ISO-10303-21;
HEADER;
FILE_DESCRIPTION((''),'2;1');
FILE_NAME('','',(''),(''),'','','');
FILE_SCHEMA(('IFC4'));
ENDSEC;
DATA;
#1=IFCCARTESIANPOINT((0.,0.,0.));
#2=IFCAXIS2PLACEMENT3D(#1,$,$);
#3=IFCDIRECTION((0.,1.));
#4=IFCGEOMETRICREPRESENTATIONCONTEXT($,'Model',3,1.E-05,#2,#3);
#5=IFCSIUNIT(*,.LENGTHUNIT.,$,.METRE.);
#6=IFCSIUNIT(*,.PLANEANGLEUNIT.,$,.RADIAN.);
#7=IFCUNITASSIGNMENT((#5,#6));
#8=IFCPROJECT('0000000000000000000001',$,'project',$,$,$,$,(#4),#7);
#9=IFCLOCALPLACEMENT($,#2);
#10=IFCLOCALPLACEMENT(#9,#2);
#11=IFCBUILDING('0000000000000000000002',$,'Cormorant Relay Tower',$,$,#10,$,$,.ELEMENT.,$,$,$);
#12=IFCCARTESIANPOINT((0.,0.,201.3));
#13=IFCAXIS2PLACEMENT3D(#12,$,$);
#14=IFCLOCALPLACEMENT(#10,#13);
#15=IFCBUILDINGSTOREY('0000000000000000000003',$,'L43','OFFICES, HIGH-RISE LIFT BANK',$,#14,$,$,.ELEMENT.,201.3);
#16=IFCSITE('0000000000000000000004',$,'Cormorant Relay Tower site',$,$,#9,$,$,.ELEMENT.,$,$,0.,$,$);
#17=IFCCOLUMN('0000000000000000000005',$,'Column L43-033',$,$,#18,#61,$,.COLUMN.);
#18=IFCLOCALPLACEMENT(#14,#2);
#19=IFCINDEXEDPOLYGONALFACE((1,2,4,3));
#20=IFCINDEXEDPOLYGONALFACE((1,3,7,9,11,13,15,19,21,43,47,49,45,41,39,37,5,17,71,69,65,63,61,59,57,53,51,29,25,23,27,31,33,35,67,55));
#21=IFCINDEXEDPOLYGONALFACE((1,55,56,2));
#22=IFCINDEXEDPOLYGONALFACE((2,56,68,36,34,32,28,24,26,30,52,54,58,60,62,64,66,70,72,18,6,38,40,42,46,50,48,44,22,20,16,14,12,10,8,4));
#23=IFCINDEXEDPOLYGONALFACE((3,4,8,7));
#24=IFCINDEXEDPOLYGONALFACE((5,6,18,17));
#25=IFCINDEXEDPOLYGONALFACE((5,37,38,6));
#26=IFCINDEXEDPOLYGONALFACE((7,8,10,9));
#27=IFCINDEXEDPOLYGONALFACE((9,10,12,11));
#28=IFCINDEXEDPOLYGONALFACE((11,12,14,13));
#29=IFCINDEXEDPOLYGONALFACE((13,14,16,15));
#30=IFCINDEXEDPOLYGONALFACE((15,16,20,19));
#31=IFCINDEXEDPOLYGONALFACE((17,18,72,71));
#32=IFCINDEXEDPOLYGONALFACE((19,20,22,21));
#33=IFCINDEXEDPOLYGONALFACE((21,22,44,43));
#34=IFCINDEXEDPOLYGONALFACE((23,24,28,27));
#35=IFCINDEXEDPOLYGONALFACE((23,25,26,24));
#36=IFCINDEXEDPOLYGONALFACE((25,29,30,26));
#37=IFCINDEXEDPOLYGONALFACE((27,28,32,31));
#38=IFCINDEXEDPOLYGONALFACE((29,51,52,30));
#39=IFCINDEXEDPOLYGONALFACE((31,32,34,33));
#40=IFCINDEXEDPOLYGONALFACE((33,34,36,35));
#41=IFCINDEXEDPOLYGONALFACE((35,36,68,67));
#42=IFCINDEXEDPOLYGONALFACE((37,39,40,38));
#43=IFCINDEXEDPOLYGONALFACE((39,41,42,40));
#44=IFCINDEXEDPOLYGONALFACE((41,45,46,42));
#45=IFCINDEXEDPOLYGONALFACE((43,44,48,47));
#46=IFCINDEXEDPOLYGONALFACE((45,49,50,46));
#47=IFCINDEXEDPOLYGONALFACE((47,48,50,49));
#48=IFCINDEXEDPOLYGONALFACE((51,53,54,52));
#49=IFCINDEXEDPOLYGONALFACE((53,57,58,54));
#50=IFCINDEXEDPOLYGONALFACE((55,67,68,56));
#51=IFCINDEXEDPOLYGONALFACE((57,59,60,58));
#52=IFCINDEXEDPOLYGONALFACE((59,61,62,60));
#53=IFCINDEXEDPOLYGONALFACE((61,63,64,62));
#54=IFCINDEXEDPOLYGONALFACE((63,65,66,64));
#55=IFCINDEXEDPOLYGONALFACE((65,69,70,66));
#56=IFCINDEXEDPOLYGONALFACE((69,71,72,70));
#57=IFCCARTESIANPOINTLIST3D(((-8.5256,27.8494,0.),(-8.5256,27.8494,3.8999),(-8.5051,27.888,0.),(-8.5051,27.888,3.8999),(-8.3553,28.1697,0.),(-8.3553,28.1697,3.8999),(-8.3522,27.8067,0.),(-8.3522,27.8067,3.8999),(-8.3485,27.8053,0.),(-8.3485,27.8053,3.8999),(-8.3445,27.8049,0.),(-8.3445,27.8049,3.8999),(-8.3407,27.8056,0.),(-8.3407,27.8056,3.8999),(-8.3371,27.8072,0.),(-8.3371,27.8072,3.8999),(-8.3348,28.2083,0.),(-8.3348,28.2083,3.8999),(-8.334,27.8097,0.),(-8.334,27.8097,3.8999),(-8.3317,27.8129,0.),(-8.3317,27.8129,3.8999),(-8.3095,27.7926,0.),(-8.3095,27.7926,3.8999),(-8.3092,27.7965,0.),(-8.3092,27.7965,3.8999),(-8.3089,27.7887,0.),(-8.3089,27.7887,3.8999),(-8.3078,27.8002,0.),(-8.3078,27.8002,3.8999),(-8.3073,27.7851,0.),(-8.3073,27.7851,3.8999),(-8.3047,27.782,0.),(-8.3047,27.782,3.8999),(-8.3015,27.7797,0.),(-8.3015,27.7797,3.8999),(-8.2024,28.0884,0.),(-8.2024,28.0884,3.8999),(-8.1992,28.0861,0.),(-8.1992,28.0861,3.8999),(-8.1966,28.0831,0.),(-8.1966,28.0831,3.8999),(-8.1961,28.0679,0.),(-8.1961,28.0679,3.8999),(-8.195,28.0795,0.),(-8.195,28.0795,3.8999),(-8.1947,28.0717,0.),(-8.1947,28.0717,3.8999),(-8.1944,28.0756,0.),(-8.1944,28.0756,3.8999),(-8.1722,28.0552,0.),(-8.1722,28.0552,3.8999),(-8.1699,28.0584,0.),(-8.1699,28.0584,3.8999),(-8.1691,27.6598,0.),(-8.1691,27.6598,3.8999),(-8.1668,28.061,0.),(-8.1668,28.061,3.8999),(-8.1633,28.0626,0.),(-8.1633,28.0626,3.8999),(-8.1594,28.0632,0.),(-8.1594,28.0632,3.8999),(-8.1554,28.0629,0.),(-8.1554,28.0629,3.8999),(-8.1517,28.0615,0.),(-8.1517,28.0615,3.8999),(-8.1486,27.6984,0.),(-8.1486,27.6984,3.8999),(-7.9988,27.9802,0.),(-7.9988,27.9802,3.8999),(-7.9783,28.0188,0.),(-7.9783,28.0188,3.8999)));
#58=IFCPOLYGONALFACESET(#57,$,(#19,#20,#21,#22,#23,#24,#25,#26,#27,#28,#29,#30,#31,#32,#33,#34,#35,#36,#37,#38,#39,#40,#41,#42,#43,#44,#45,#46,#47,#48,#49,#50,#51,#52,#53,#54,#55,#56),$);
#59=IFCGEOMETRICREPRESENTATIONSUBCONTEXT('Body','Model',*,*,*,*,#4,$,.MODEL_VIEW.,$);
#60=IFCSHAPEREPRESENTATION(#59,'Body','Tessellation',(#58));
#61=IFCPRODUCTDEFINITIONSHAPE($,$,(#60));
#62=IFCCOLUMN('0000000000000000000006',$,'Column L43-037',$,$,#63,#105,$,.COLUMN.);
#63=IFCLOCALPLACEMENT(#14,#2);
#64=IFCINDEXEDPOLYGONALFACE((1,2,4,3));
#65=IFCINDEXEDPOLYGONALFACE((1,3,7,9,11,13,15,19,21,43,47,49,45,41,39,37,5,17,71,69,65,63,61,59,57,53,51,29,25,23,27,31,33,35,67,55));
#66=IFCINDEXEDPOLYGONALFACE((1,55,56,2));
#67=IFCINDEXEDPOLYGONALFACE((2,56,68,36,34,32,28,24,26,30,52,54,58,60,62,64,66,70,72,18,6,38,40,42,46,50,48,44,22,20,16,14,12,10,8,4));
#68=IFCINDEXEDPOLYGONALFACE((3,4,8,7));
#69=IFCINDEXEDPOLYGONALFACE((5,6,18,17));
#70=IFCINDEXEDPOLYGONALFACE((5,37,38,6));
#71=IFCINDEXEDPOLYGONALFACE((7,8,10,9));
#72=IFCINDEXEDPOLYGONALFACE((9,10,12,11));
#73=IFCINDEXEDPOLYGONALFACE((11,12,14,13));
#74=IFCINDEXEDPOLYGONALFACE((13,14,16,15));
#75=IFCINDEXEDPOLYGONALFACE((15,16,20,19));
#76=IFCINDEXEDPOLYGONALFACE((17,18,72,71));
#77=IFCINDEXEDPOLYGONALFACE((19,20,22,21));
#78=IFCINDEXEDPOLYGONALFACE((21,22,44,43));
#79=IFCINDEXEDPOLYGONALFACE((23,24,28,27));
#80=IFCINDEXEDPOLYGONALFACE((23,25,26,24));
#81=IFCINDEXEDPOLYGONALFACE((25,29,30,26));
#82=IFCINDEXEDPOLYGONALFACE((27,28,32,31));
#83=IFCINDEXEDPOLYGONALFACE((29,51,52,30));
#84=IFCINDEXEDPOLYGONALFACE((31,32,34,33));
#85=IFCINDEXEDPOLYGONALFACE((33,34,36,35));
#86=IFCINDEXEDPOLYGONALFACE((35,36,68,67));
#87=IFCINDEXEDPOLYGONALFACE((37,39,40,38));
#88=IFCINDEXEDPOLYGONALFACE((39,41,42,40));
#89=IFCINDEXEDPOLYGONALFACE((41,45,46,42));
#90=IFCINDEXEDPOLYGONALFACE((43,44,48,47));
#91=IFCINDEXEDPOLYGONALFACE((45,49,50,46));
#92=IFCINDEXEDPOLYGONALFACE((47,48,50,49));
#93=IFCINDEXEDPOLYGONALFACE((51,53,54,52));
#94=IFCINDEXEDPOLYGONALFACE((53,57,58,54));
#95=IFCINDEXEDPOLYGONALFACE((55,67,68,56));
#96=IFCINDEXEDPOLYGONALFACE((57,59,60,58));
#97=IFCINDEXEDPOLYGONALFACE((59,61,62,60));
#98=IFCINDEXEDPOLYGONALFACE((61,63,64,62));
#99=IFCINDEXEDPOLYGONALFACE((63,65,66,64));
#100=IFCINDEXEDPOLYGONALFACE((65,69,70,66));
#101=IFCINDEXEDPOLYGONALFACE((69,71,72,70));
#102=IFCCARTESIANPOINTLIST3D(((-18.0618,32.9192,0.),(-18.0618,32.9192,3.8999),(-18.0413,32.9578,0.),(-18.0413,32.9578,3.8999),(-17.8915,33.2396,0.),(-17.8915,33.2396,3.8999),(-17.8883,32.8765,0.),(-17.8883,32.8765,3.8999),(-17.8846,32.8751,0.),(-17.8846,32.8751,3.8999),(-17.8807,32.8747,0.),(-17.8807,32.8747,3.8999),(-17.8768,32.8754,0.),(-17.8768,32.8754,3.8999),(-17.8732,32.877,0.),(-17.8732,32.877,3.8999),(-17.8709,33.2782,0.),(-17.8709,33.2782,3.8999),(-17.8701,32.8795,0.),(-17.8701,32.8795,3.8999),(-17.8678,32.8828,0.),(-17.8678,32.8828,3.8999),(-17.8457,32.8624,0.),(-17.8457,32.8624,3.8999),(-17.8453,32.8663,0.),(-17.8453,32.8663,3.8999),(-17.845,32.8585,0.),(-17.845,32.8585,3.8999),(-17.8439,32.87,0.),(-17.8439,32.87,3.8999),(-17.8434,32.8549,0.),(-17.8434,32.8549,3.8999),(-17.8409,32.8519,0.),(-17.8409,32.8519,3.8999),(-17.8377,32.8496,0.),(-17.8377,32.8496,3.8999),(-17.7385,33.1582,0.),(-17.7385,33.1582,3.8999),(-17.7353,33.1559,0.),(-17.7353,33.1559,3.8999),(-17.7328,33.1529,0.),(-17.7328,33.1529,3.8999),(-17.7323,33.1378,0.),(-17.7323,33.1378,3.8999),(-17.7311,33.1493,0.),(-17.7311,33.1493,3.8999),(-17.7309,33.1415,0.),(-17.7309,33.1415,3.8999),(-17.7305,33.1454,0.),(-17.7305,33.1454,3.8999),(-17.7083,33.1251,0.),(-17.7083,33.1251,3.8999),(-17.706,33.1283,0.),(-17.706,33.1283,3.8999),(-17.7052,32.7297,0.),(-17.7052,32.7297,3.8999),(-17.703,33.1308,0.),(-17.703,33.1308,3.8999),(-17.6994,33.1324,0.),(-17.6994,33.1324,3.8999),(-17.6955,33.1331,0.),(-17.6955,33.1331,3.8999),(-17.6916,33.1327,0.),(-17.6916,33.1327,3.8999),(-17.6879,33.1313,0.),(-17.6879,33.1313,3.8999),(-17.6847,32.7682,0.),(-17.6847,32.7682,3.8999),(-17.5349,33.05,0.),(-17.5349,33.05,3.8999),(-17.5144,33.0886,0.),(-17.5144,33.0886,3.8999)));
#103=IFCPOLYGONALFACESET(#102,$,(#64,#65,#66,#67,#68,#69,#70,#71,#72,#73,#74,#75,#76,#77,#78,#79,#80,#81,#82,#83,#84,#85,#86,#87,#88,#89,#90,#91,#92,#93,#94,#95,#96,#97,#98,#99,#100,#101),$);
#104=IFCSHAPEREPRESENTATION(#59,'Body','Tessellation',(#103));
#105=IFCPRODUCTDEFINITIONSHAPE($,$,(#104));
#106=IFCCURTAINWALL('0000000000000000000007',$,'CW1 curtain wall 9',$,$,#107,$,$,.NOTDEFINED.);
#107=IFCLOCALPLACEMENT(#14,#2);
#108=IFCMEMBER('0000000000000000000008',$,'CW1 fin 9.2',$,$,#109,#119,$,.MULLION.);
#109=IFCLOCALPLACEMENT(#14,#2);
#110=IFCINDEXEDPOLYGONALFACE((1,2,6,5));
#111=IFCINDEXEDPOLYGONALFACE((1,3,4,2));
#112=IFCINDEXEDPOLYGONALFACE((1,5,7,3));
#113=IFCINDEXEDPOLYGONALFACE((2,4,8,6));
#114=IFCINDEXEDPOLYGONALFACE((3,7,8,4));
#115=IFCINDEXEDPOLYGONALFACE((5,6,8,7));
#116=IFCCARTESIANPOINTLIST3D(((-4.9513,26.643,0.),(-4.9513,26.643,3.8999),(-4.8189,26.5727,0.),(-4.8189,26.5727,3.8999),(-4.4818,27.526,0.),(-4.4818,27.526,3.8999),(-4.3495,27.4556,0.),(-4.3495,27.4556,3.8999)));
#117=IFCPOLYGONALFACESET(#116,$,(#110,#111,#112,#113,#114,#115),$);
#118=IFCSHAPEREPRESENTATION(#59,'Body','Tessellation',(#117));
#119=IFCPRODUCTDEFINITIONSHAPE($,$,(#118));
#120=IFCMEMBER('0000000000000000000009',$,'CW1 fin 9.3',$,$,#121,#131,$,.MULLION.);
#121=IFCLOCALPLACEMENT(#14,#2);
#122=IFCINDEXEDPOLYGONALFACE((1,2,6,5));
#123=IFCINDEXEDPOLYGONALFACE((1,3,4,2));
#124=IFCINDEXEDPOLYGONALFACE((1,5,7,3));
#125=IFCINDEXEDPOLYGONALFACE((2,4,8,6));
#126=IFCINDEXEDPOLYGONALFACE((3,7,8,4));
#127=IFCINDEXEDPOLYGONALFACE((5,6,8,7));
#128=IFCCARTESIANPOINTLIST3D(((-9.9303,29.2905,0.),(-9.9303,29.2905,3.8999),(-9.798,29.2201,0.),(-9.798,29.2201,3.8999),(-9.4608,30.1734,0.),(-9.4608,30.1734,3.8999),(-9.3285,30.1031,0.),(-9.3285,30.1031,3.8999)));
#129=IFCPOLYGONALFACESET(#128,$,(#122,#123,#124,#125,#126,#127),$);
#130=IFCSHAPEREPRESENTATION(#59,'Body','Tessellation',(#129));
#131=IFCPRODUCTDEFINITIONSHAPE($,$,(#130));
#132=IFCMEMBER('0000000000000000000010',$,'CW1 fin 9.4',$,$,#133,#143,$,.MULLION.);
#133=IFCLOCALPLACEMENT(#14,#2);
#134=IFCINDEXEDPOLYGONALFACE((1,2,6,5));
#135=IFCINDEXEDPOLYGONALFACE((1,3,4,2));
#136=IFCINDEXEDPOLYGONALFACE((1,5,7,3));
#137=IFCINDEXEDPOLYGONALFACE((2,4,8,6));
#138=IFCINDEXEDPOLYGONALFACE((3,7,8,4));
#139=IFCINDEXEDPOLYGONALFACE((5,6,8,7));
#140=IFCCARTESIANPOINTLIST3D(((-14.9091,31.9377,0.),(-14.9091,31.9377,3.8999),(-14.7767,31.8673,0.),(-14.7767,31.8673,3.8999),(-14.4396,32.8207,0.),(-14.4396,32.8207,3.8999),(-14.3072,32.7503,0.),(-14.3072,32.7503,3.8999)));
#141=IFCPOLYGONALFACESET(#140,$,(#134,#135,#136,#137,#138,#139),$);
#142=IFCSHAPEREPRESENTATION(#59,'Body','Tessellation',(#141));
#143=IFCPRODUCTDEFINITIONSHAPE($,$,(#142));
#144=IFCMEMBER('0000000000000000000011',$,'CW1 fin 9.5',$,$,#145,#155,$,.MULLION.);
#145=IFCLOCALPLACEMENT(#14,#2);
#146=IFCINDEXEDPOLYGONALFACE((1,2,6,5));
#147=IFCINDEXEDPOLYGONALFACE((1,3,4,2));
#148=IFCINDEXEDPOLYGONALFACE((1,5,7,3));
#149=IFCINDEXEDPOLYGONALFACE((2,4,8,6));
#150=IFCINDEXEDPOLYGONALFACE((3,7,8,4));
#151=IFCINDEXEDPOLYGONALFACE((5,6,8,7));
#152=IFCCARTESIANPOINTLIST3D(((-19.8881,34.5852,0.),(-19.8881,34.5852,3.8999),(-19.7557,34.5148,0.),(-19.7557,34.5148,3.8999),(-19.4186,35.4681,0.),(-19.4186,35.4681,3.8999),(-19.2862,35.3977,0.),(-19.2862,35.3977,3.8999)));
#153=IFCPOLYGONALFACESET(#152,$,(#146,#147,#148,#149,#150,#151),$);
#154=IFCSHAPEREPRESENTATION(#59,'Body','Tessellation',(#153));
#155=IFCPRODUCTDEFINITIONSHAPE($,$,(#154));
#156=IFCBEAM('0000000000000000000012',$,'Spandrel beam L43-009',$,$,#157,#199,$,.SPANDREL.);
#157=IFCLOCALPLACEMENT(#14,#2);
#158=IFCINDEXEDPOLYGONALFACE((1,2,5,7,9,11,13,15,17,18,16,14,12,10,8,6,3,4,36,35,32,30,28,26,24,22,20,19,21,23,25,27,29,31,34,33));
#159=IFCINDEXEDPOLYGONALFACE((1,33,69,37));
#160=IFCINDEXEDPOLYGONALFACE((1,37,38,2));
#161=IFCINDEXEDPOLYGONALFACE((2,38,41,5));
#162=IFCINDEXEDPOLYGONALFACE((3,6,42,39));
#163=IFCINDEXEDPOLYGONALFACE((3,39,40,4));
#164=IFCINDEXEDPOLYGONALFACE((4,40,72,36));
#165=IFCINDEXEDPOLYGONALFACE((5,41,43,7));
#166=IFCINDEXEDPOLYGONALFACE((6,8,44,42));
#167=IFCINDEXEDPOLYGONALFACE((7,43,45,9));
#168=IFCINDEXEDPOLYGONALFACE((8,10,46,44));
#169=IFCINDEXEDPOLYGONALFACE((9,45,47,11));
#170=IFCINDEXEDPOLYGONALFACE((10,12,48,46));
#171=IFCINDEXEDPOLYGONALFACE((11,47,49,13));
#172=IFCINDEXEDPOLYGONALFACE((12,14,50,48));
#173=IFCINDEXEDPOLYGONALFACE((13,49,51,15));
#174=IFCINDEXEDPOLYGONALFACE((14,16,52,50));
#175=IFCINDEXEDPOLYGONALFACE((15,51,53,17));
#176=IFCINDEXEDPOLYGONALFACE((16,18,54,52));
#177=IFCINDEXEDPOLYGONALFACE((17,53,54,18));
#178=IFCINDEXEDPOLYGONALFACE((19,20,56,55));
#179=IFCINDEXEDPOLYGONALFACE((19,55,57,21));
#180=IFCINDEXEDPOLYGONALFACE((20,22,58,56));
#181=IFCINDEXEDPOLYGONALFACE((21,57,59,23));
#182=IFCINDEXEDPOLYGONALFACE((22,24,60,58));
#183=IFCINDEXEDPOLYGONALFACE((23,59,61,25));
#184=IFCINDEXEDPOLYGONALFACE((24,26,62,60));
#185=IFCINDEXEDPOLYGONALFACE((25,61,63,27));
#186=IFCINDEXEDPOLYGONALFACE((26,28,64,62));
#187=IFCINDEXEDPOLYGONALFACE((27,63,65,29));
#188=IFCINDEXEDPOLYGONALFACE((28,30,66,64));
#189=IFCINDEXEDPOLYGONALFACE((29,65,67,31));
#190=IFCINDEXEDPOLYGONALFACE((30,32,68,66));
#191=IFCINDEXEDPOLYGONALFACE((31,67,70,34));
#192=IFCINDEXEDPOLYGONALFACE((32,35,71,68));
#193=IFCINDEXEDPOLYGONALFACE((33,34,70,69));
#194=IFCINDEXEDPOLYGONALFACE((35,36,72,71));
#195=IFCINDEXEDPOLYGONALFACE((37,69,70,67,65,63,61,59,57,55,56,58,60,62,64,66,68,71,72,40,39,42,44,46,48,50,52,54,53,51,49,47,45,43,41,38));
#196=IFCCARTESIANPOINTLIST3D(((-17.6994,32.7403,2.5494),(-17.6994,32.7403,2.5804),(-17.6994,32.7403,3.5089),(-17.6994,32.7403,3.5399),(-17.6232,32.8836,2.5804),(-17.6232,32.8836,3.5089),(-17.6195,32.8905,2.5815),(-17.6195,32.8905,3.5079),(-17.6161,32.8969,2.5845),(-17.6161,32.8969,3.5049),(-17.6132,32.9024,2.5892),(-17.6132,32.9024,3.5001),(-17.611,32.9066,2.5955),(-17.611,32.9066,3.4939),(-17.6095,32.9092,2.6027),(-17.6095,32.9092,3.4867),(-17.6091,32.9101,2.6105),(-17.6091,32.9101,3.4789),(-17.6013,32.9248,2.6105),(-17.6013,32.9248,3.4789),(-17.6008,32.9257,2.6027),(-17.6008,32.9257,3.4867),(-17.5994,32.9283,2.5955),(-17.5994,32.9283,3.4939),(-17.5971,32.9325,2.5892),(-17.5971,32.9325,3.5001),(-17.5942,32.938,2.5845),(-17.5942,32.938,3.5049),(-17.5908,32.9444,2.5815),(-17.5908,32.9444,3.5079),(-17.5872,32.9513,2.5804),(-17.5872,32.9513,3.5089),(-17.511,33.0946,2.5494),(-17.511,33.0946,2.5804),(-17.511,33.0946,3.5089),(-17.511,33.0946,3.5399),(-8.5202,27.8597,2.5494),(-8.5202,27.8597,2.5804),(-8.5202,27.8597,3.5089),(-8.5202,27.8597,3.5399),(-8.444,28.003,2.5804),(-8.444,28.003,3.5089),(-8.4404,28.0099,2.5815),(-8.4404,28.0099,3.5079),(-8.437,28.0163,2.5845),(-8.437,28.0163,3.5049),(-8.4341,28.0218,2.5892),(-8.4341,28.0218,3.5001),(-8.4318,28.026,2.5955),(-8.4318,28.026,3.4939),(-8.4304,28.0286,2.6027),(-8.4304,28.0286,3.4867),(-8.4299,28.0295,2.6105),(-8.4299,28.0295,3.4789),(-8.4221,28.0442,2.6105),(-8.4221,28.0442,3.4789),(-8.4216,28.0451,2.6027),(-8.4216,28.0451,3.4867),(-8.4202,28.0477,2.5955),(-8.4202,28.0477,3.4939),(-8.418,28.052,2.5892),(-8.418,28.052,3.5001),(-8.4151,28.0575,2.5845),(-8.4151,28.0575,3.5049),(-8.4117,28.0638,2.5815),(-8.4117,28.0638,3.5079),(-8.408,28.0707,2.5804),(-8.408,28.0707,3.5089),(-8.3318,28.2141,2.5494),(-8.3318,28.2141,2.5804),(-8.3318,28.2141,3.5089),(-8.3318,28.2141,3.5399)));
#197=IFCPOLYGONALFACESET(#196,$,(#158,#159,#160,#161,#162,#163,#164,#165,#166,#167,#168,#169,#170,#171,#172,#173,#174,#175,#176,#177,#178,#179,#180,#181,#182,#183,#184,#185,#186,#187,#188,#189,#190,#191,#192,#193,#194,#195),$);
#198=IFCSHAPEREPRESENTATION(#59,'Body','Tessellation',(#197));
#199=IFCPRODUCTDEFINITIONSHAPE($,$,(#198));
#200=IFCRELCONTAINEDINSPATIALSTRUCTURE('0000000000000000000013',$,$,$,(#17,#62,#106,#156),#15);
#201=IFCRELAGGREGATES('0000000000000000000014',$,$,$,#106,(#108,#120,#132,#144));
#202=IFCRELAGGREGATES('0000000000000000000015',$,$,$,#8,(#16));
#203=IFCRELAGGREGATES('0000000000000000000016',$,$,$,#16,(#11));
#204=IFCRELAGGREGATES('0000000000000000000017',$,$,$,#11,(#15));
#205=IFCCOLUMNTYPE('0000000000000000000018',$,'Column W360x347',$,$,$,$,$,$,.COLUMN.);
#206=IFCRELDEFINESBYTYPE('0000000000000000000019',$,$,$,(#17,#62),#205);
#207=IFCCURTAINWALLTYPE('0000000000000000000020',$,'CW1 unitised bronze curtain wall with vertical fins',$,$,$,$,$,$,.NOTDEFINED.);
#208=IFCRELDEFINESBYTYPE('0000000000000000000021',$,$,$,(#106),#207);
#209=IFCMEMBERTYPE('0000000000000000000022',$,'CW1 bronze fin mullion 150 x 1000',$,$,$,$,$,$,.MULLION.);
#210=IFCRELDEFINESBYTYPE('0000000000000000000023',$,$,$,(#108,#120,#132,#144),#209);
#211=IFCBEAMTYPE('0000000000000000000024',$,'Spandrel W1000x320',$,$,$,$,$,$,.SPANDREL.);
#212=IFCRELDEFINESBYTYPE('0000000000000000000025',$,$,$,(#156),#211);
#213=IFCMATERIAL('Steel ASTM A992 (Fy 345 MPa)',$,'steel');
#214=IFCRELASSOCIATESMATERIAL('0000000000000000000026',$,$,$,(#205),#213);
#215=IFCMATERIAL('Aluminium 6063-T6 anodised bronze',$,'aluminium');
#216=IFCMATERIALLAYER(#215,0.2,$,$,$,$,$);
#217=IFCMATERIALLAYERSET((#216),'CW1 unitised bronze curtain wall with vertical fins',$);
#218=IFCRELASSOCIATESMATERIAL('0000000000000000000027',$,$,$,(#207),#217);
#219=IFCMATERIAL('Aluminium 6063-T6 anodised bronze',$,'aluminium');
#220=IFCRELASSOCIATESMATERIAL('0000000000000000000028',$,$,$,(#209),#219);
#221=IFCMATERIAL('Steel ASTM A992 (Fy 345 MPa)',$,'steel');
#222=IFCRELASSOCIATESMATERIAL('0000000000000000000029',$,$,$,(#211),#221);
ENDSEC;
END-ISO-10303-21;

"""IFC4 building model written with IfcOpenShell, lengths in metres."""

from ifc_helpers import new_model, si_unit, direction, frame, origin, origin_2d, place, context, subcontext, project, spatial, rectangle, i_section, extrude, material, layer, layer_set, material_profile, profile_set, type_object, element, aggregate, save


model = new_model("IFC4")

# Units and contexts
model_context = context("Model", 3, precision=1e-05, world=origin(), true_north=direction((0.0, 1.0)))
body_context = subcontext(model_context, "Body", "Model", "MODEL_VIEW")
ifc_project = project(units=[si_unit("LENGTHUNIT", "METRE"), si_unit("PLANEANGLEUNIT", "RADIAN")], contexts=[model_context])

# Site, building, storey
site_placement = place(None, origin())
site = spatial("IfcSite", under=ifc_project, at=site_placement, Name="Cormorant Relay Tower site", CompositionType="ELEMENT", RefElevation=0.0)
building_placement = place(site_placement, origin())
building = spatial("IfcBuilding", under=site, at=building_placement, Name="Cormorant Relay Tower", CompositionType="ELEMENT")
storey_placement = place(building_placement, frame((0.0, 0.0, 201.3)))
storey = spatial("IfcBuildingStorey", under=building, at=storey_placement, Name="L43", Description="OFFICES, HIGH-RISE LIFT BANK", CompositionType="ELEMENT", Elevation=201.3)

# Columns
ifc_material_1 = material(Name="Steel ASTM A992 (Fy 345 MPa)", Category="steel")
ifc_material_profile_1 = material_profile(ifc_material_1, i_section(OverallWidth=0.4038, OverallDepth=0.4065, WebThickness=0.0271, FlangeThickness=0.0437, FilletRadius=0.0151, at=origin_2d()), Name="W360x347")
ifc_profile_set_1 = profile_set([ifc_material_profile_1], Name="Steel ASTM A992 (Fy 345 MPa)")
column_type = type_object("IfcColumnType", Name="Column W360x347", PredefinedType="COLUMN", material=ifc_profile_set_1)
for number, where, z_axis, x_axis, name in (
    (1, (-8.252, 27.9341, 0.0), (0.0, 0.0, 1.0), (-0.882948, 0.469472, 0.0), "Column L43-033"),
    (2, (-17.7881, 33.0039, 0.0), (0.0, 0.0, 1.0), (-0.882948, 0.469472, 0.0), "Column L43-037"),
):
    element("IfcColumn", number, at=place(storey_placement, frame(where, z_axis=z_axis, x_axis=x_axis)), inside=storey, type_object=column_type, Name=name, PredefinedType="COLUMN", context=body_context, shape_type="SweptSolid", body=[
        extrude(i_section(OverallWidth=0.4038, OverallDepth=0.4065, WebThickness=0.0271, FlangeThickness=0.0437, FilletRadius=0.0151, at=origin_2d()), origin(), (0.0, 0.0, 1.0), 3.8999),
    ])

# Curtain wall, members
ifc_material_2 = material(Name="Aluminium 6063-T6 anodised bronze", Category="aluminium")
ifc_layer_1 = layer(ifc_material_2, 0.2)
ifc_layer_set_1 = layer_set([ifc_layer_1], Name="CW1 unitised bronze curtain wall with vertical fins")
curtain_wall_type = type_object("IfcCurtainWallType", Name="CW1 unitised bronze curtain wall with vertical fins", PredefinedType="NOTDEFINED", material=ifc_layer_set_1)
curtain_wall_placement = place(storey_placement, origin())
curtain_wall = element("IfcCurtainWall", 3, at=curtain_wall_placement, inside=storey, type_object=curtain_wall_type, Name="CW1 curtain wall 9", PredefinedType="NOTDEFINED")
ifc_material_3 = material(Name="Aluminium 6063-T6 anodised bronze", Category="aluminium")
ifc_material_profile_2 = material_profile(ifc_material_3, rectangle(XDim=0.1499, YDim=1.0, at=origin_2d()), Name="AL 150x1000")
ifc_profile_set_2 = profile_set([ifc_material_profile_2], Name="Aluminium 6063-T6 anodised bronze")
member_type = type_object("IfcMemberType", Name="CW1 bronze fin mullion 150 x 1000", PredefinedType="MULLION", material=ifc_profile_set_2)
member_1_placement = place(storey_placement, frame((-4.6504, 27.0493, 0.0), z_axis=(0.0, 0.0, 1.0), x_axis=(-0.882948, 0.469472, 0.0)))
member_1 = element("IfcMember", 4, at=member_1_placement, type_object=member_type, Name="CW1 fin 9.2", PredefinedType="MULLION", context=body_context, shape_type="SweptSolid", body=[
    extrude(rectangle(XDim=0.1499, YDim=1.0, at=origin_2d()), origin(), (0.0, 0.0, 1.0), 3.8999),
])
member_2_placement = place(storey_placement, frame((-9.6294, 29.6968, 0.0), z_axis=(0.0, 0.0, 1.0), x_axis=(-0.882948, 0.469472, 0.0)))
member_2 = element("IfcMember", 5, at=member_2_placement, type_object=member_type, Name="CW1 fin 9.3", PredefinedType="MULLION", context=body_context, shape_type="SweptSolid", body=[
    extrude(rectangle(XDim=0.1499, YDim=1.0, at=origin_2d()), origin(), (0.0, 0.0, 1.0), 3.8999),
])
member_3_placement = place(storey_placement, frame((-14.6082, 32.344, 0.0), z_axis=(0.0, 0.0, 1.0), x_axis=(-0.882948, 0.469472, 0.0)))
member_3 = element("IfcMember", 6, at=member_3_placement, type_object=member_type, Name="CW1 fin 9.4", PredefinedType="MULLION", context=body_context, shape_type="SweptSolid", body=[
    extrude(rectangle(XDim=0.1499, YDim=1.0, at=origin_2d()), origin(), (0.0, 0.0, 1.0), 3.8999),
])
member_4_placement = place(storey_placement, frame((-19.5872, 34.9915, 0.0), z_axis=(0.0, 0.0, 1.0), x_axis=(-0.882948, 0.469472, 0.0)))
member_4 = element("IfcMember", 7, at=member_4_placement, type_object=member_type, Name="CW1 fin 9.5", PredefinedType="MULLION", context=body_context, shape_type="SweptSolid", body=[
    extrude(rectangle(XDim=0.1499, YDim=1.0, at=origin_2d()), origin(), (0.0, 0.0, 1.0), 3.8999),
])

# Beam
ifc_material_4 = material(Name="Steel ASTM A992 (Fy 345 MPa)", Category="steel")
ifc_material_profile_3 = material_profile(ifc_material_4, i_section(OverallWidth=0.4014, OverallDepth=0.9905, WebThickness=0.0166, FlangeThickness=0.031, FilletRadius=0.03, at=origin_2d()), Name="W1000x320")
ifc_profile_set_3 = profile_set([ifc_material_profile_3], Name="Steel ASTM A992 (Fy 345 MPa)")
beam_type_1 = type_object("IfcBeamType", Name="Spandrel W1000x320", PredefinedType="SPANDREL", material=ifc_profile_set_3)
beam_1_placement = place(storey_placement, frame((-8.426, 28.0369, 3.0447), z_axis=(-0.88295, 0.469468, 0.0), x_axis=(-0.469468, -0.88295, 0.0)))
element("IfcBeam", 8, at=beam_1_placement, inside=storey, type_object=beam_type_1, Name="Spandrel beam L43-009", PredefinedType="SPANDREL", context=body_context, shape_type="SweptSolid", body=[
    extrude(i_section(OverallWidth=0.4014, OverallDepth=0.9905, WebThickness=0.0166, FlangeThickness=0.031, FilletRadius=0.03, at=origin_2d()), origin(), (0.0, 0.0, 1.0), 10.396),
])

aggregate(curtain_wall, [member_1, member_2, member_3, member_4])

save(model, "model.ifc")
